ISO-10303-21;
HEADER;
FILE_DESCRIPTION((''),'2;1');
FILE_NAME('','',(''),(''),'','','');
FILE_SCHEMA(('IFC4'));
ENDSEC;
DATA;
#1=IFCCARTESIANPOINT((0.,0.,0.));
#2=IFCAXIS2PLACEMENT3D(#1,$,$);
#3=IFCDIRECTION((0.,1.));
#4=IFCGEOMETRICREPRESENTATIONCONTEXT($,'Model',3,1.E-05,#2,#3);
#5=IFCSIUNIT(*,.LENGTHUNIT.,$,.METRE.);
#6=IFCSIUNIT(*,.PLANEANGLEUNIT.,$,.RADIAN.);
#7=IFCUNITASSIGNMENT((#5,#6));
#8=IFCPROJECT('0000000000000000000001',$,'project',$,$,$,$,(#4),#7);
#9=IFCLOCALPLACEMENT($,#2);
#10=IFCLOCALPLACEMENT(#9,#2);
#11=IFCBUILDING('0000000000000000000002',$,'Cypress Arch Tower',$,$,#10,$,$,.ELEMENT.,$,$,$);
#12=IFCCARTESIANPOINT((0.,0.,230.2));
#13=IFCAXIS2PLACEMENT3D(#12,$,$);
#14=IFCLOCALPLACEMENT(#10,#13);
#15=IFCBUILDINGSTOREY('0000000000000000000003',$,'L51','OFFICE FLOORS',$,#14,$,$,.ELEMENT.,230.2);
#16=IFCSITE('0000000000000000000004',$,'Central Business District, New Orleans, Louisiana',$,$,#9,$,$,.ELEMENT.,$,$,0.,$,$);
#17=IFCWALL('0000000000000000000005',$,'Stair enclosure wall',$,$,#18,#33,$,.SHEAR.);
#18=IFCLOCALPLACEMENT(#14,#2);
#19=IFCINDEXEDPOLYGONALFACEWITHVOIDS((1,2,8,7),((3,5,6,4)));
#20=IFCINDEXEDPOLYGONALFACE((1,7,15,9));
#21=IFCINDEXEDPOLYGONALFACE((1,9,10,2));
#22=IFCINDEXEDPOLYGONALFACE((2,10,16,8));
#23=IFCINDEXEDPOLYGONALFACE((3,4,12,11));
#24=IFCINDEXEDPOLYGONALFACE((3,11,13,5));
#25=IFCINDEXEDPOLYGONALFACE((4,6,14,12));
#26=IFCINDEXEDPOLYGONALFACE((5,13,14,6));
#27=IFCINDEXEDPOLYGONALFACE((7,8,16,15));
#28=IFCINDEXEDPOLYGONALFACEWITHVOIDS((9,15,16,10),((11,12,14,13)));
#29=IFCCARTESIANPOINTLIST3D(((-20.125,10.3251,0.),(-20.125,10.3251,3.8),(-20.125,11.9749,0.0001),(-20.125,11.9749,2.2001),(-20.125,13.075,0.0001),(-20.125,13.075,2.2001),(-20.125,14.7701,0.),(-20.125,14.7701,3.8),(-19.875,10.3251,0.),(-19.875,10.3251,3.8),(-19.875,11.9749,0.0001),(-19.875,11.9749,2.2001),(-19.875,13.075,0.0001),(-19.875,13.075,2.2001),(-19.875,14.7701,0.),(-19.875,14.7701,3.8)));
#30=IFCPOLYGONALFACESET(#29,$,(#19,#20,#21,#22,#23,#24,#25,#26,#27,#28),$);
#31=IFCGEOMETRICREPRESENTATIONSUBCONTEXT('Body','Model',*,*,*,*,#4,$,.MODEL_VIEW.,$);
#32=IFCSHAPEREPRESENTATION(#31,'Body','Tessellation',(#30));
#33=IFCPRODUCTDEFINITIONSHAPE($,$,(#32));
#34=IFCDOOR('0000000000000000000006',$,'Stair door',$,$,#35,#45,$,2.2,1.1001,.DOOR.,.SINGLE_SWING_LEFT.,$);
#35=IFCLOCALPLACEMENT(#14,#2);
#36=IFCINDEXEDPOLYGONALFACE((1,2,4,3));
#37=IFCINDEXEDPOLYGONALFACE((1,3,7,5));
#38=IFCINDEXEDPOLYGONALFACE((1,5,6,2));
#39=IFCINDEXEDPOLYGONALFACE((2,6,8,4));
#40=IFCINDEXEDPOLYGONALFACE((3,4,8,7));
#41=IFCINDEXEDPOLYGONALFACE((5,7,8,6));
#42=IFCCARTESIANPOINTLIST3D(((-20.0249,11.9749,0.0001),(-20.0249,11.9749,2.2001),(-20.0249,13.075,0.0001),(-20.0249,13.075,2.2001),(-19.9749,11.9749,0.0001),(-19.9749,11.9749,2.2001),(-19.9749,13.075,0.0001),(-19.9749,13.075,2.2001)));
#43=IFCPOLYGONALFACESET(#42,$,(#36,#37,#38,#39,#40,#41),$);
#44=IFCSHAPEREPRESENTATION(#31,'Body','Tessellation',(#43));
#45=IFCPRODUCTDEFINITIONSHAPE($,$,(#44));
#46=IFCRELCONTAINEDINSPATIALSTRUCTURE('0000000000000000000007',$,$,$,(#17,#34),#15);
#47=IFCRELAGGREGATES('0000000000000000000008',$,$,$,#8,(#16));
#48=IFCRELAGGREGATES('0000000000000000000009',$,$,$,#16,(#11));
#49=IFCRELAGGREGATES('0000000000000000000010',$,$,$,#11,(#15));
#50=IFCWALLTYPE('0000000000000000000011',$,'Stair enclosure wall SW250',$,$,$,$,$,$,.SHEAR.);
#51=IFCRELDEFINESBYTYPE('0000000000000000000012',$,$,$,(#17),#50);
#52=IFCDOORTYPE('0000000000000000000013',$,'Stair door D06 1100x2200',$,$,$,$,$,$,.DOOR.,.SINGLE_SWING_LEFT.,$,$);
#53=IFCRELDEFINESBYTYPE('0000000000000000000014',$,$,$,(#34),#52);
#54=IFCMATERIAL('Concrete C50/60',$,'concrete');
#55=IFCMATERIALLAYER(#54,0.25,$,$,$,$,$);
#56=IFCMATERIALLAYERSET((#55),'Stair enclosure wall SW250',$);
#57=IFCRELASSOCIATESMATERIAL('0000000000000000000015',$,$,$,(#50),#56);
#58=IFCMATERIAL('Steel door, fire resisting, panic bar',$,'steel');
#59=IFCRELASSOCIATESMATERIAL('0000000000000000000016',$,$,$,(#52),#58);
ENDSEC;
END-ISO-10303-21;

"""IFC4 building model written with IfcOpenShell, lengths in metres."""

from ifc_helpers import new_model, si_unit, direction, frame, frame_2d, origin, place, context, subcontext, project, spatial, rectangle, extrude, material, layer, layer_set, type_object, element, fill, save


model = new_model("IFC4")

# Units and contexts
model_context = context("Model", 3, precision=1e-05, world=origin(), true_north=direction((0.0, 1.0)))
body_context = subcontext(model_context, "Body", "Model", "MODEL_VIEW")
ifc_project = project(units=[si_unit("LENGTHUNIT", "METRE"), si_unit("PLANEANGLEUNIT", "RADIAN")], contexts=[model_context])

# Site, building, storey
site_placement = place(None, origin())
site = spatial("IfcSite", under=ifc_project, at=site_placement, Name="Central Business District, New Orleans, Louisiana", CompositionType="ELEMENT", RefElevation=0.0)
building_placement = place(site_placement, origin())
building = spatial("IfcBuilding", under=site, at=building_placement, Name="Cypress Arch Tower", CompositionType="ELEMENT")
storey_placement = place(building_placement, frame((0.0, 0.0, 230.2)))
storey = spatial("IfcBuildingStorey", under=building, at=storey_placement, Name="L51", Description="OFFICE FLOORS", CompositionType="ELEMENT", Elevation=230.2)

# Wall, opening, door
ifc_material_1 = material(Name="Concrete C50/60", Category="concrete")
ifc_layer_1 = layer(ifc_material_1, 0.25)
ifc_layer_set_1 = layer_set([ifc_layer_1], Name="Stair enclosure wall SW250")
wall_type_1 = type_object("IfcWallType", Name="Stair enclosure wall SW250", PredefinedType="SHEAR", material=ifc_layer_set_1)
wall_1_placement = place(storey_placement, frame((-20.0, 10.325, 0.0), z_axis=(0.0, 0.0, 1.0), x_axis=(0.0, 1.0, 0.0)))
wall_1 = element("IfcWall", 1, at=wall_1_placement, inside=storey, type_object=wall_type_1, Name="Stair enclosure wall", PredefinedType="SHEAR", context=body_context, shape_type="SweptSolid", body=[
    extrude(rectangle(XDim=4.4451, YDim=0.25, at=frame_2d((2.2227, 0.0))), origin(), (0.0, 0.0, 1.0), 3.8),
])
opening_1_placement = place(wall_1_placement, frame((1.6499, 0.0, 0.0)))
opening_1 = element("IfcOpeningElement", 2, at=opening_1_placement, cuts=wall_1, PredefinedType="OPENING", context=body_context, shape_type="SweptSolid", body=[
    extrude(rectangle(XDim=1.1001, YDim=2.2, at=frame_2d((0.55, 1.1001))), frame((0.0, 0.135, 0.0), z_axis=(0.0, -1.0, 0.0), x_axis=(1.0, 0.0, 0.0)), (0.0, 0.0, 1.0), 0.27),
])
ifc_material_2 = material(Name="Steel door, fire resisting, panic bar", Category="steel")
door_type_1 = type_object("IfcDoorType", Name="Stair door D06 1100x2200", OperationType="SINGLE_SWING_LEFT", PredefinedType="DOOR", material=ifc_material_2)
door_1_placement = place(opening_1_placement, origin())
door_1 = element("IfcDoor", 3, at=door_1_placement, inside=storey, type_object=door_type_1, Name="Stair door", OperationType="SINGLE_SWING_LEFT", OverallHeight=2.2, OverallWidth=1.1001, PredefinedType="DOOR", context=body_context, shape_type="SweptSolid", body=[
    extrude(rectangle(XDim=1.1001, YDim=2.2, at=frame_2d((0.55, 1.1001))), frame((0.0, 0.0249, 0.0), z_axis=(0.0, -1.0, 0.0), x_axis=(1.0, 0.0, 0.0)), (0.0, 0.0, 1.0), 0.05),
])
fill(opening_1, door_1)

save(model, "model.ifc")
